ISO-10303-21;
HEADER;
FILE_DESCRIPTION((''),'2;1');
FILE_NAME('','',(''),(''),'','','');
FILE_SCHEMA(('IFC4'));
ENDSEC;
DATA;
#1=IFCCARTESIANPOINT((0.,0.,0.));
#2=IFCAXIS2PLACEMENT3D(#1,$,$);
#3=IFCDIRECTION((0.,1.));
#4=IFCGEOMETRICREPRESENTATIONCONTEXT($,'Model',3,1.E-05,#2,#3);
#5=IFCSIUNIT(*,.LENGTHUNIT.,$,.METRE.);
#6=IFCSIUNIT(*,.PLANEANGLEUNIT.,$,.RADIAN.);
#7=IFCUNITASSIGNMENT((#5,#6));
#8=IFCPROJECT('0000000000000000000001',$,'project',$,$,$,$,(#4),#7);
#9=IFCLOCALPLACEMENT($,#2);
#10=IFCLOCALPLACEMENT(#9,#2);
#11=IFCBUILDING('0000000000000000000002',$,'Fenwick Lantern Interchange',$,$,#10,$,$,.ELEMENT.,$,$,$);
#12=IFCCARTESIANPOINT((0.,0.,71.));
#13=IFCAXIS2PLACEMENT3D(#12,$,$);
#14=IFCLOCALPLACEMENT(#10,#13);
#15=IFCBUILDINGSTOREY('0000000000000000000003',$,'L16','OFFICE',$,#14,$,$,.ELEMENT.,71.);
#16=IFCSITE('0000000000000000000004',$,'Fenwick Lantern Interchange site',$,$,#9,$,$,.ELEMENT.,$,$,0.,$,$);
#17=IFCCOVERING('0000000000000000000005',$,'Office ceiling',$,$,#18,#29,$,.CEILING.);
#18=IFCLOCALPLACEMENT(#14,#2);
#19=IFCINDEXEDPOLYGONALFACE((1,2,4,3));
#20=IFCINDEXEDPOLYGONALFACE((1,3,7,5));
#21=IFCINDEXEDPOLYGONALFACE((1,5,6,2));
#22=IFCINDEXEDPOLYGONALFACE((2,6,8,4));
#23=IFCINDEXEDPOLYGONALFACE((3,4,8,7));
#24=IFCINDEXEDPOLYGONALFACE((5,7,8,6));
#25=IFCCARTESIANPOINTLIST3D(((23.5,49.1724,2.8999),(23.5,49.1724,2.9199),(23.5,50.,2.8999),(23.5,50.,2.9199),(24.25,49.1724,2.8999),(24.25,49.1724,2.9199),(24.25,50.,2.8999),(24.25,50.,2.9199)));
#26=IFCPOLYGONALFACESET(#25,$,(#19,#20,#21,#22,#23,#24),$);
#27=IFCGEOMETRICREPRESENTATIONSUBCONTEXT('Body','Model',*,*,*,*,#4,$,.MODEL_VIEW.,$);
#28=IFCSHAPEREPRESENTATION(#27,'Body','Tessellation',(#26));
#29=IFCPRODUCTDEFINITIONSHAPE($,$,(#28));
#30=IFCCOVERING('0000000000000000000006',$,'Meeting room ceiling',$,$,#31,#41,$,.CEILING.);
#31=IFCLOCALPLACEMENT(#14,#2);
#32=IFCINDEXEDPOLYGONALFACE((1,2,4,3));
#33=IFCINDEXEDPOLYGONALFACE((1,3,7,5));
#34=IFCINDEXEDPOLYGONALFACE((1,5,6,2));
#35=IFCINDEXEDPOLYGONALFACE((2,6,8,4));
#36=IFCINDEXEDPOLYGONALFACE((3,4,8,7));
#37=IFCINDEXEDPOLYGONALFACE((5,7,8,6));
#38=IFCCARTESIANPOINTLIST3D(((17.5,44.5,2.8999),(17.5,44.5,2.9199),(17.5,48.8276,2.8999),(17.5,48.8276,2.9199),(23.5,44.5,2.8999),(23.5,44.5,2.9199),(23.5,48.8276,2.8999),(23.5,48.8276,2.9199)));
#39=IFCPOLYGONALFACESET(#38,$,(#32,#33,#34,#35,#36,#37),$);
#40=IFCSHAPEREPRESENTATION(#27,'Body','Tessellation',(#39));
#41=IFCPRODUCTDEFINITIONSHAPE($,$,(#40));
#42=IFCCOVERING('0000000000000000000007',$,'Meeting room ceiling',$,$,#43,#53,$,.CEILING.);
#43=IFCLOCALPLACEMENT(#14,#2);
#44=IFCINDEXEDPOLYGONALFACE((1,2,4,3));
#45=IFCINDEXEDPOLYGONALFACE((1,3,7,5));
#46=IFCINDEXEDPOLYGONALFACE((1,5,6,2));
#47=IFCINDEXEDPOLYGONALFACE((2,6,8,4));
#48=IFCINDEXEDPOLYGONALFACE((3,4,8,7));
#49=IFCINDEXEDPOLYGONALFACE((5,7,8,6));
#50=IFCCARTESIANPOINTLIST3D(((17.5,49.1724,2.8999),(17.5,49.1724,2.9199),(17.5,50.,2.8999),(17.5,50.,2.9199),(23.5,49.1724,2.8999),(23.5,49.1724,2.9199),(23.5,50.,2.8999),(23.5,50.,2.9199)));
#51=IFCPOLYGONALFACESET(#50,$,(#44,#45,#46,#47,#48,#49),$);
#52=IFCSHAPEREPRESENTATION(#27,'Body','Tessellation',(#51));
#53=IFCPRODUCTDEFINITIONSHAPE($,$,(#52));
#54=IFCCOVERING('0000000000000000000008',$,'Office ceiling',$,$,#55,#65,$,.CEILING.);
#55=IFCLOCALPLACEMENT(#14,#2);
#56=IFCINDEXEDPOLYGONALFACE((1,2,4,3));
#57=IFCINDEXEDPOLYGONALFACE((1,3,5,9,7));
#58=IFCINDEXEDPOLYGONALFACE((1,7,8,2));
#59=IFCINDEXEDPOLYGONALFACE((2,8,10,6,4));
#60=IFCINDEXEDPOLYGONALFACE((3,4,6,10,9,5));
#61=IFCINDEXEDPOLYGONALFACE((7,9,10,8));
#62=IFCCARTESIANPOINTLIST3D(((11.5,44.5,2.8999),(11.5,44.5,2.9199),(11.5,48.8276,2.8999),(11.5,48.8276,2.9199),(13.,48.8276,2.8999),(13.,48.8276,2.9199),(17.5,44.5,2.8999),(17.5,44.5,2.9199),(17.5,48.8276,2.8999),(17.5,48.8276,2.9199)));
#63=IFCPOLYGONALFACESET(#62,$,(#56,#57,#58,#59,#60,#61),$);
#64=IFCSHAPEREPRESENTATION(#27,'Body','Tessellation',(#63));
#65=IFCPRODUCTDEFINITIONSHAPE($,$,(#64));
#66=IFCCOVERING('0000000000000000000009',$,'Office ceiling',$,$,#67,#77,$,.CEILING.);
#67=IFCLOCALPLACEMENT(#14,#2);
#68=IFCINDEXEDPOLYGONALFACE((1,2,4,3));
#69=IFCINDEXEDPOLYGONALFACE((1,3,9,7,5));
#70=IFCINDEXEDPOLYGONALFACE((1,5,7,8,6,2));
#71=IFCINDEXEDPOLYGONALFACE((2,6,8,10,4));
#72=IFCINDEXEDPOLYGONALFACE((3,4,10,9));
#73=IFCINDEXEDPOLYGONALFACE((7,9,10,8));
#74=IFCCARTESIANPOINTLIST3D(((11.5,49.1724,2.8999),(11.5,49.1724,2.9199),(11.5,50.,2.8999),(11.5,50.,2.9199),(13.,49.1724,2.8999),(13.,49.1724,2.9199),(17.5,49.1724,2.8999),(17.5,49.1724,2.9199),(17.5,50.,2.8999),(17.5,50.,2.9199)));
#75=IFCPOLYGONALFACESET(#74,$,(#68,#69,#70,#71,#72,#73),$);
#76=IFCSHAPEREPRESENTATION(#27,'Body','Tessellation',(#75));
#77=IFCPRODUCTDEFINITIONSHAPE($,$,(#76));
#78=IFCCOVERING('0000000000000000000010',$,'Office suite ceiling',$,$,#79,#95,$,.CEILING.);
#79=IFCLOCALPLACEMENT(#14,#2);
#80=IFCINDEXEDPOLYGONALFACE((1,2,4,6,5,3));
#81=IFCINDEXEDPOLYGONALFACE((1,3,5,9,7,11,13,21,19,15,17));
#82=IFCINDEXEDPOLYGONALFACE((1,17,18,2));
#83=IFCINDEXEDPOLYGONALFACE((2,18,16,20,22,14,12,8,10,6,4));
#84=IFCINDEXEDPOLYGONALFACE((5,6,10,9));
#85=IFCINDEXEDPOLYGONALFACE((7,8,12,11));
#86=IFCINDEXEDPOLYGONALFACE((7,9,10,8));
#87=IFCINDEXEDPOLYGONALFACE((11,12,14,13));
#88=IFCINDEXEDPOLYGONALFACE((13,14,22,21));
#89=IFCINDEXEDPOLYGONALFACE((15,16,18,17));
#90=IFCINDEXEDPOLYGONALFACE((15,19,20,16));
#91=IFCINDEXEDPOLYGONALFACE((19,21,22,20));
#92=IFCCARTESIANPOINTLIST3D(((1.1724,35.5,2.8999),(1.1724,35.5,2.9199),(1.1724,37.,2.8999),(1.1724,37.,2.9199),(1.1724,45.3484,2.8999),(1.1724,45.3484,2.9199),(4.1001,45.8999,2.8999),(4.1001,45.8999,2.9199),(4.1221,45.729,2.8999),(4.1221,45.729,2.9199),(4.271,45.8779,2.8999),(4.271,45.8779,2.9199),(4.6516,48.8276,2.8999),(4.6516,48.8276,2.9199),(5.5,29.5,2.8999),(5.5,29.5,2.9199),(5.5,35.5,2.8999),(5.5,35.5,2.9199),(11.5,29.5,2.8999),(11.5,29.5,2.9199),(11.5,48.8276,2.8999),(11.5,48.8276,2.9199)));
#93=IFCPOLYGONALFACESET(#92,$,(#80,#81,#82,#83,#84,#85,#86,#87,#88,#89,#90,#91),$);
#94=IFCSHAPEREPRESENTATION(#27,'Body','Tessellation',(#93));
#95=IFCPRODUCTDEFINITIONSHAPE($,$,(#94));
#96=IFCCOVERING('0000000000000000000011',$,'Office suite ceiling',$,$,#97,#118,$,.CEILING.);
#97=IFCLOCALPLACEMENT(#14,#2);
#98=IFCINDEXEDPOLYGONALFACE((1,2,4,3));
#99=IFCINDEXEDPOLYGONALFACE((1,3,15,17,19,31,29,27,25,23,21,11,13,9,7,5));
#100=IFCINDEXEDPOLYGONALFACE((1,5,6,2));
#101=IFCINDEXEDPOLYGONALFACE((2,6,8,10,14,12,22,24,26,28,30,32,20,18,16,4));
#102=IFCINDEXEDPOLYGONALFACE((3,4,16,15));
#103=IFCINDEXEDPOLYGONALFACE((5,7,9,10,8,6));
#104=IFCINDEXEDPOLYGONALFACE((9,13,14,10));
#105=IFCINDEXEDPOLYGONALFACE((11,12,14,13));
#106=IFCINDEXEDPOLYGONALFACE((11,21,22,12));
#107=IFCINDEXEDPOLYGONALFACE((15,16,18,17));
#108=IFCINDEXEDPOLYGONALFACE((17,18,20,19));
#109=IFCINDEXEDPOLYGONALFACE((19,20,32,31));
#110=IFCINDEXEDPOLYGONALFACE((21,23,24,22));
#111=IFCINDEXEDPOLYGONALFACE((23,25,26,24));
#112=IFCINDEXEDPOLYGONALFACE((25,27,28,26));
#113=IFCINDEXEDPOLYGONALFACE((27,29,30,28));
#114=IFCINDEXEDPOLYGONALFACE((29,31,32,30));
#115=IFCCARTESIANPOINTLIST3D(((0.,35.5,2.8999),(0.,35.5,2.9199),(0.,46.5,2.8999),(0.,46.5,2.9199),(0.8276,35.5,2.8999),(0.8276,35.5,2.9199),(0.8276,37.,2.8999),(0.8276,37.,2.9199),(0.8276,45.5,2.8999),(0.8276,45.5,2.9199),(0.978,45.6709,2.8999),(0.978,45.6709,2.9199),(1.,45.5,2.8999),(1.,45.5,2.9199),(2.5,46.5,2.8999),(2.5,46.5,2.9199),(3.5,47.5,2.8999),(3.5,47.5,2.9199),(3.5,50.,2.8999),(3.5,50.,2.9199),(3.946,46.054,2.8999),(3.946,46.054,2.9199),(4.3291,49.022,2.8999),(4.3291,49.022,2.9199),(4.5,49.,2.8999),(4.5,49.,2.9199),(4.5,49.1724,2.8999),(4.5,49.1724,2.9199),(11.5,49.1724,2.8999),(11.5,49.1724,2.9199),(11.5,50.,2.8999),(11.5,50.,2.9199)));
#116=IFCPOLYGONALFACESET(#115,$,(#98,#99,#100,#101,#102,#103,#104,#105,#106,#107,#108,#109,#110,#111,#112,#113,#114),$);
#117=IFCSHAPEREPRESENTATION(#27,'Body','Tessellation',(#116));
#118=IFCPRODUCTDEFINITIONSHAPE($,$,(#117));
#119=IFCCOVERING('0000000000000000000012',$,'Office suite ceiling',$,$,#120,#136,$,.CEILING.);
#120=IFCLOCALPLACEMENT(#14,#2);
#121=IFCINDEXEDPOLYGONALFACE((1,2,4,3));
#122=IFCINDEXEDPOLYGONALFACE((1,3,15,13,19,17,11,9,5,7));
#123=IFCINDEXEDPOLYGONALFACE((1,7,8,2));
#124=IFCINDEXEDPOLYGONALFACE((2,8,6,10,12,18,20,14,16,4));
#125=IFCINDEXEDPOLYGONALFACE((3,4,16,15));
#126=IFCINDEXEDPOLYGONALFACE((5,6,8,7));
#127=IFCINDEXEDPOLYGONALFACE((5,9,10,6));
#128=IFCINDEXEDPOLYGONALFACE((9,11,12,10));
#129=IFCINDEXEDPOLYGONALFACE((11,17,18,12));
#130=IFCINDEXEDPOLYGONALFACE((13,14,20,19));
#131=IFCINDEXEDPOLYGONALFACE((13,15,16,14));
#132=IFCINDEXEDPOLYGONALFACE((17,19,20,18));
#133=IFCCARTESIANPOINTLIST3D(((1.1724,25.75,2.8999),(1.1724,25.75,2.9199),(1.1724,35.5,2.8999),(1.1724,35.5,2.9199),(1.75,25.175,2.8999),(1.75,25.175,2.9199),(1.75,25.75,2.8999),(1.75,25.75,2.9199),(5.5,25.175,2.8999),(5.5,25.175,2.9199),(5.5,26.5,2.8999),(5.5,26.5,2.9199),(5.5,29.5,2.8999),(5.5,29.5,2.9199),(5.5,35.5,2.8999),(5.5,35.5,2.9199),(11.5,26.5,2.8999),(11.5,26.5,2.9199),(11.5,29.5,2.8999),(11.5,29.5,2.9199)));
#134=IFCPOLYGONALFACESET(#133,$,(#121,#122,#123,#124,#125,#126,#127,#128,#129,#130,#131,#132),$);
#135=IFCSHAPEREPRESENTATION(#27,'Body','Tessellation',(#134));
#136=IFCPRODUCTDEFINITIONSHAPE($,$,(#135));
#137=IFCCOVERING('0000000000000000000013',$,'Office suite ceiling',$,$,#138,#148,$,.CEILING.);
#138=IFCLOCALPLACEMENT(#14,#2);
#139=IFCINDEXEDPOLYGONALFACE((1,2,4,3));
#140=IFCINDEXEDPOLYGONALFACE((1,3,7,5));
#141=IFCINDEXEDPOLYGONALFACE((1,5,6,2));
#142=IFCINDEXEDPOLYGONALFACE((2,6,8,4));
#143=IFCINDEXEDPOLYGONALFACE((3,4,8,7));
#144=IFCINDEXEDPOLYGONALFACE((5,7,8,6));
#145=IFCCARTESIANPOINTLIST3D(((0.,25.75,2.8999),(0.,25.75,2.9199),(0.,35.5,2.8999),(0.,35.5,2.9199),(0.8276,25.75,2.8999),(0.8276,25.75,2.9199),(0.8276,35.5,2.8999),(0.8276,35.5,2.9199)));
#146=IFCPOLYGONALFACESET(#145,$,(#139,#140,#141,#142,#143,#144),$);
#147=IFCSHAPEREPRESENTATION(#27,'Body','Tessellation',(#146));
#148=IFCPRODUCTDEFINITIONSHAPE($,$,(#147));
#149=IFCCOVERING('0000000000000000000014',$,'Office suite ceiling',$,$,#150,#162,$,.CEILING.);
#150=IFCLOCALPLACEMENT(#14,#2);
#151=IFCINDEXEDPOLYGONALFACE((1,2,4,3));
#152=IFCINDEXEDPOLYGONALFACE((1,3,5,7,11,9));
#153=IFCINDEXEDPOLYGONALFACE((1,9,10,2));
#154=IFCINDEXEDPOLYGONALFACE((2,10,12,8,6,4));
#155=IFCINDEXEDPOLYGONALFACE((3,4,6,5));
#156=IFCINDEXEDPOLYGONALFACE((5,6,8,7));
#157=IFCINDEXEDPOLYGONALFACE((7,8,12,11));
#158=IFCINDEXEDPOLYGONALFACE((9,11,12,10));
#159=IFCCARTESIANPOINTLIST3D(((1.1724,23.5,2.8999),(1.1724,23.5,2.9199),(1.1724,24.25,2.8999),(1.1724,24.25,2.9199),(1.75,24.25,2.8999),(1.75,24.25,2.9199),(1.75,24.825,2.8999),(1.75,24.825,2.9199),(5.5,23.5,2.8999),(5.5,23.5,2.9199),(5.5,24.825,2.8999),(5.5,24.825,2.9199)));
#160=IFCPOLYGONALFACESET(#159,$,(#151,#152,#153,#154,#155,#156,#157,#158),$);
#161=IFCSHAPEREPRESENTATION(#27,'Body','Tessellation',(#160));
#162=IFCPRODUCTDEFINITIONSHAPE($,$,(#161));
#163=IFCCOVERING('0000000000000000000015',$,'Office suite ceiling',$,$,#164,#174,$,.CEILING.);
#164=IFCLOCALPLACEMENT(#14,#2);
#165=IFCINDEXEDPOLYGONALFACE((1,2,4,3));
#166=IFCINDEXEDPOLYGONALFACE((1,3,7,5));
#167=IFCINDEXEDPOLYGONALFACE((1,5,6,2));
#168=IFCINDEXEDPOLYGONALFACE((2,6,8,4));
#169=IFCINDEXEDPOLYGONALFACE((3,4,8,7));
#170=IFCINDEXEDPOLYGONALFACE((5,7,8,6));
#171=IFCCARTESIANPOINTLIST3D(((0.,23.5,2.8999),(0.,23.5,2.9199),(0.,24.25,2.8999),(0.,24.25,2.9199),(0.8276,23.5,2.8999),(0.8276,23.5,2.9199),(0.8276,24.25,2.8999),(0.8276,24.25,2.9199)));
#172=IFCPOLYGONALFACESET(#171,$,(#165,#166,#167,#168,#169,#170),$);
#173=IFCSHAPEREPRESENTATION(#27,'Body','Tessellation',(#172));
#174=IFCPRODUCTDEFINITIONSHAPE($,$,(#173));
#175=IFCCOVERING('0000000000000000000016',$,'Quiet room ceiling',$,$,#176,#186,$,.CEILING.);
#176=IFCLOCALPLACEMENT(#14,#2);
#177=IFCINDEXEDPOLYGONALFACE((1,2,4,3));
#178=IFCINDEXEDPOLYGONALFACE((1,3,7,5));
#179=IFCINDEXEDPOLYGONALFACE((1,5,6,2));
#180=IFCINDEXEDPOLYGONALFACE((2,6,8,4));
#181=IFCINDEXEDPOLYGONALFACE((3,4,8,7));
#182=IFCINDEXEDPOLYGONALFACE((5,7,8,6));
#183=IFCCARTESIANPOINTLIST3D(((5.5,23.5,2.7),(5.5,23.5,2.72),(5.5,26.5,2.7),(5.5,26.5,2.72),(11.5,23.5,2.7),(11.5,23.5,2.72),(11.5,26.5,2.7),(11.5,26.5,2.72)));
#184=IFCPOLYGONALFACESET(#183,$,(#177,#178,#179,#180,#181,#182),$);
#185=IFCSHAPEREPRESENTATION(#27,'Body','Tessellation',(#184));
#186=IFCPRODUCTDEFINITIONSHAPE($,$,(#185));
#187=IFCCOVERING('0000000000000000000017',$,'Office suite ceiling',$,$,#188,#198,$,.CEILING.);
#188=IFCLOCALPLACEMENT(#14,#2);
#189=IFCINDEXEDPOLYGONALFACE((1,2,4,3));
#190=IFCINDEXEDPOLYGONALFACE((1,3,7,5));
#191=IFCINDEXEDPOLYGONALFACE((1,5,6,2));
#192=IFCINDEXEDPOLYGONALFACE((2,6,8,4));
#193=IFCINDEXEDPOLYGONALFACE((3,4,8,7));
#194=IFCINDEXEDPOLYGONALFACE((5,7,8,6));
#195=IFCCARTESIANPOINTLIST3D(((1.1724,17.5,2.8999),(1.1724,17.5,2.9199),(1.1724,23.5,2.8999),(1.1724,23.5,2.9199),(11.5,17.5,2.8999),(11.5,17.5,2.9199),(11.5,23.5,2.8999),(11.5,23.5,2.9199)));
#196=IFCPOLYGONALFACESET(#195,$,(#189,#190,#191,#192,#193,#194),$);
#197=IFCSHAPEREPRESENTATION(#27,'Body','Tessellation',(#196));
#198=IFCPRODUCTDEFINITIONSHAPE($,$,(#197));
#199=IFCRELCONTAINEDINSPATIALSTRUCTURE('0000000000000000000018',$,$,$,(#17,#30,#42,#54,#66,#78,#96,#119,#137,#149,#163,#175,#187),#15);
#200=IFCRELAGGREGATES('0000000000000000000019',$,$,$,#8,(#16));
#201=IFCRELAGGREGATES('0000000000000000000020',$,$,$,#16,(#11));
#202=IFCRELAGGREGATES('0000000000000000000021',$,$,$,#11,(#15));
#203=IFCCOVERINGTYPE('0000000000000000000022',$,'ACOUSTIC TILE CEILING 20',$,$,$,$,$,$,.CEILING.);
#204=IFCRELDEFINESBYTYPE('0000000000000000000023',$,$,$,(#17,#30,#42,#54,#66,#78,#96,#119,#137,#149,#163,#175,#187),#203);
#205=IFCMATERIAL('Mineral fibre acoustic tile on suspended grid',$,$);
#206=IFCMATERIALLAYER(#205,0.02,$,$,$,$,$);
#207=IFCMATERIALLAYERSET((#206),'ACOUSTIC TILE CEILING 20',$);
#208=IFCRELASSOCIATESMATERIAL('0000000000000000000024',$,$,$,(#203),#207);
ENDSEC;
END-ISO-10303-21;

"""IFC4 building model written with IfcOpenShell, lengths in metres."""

from ifc_helpers import new_model, si_unit, direction, frame, origin, place, context, subcontext, project, spatial, polyline, outline, extrude, material, layer, layer_set, type_object, element, save


model = new_model("IFC4")

# Units and contexts
model_context = context("Model", 3, precision=1e-05, world=origin(), true_north=direction((0.0, 1.0)))
body_context = subcontext(model_context, "Body", "Model", "MODEL_VIEW")
ifc_project = project(units=[si_unit("LENGTHUNIT", "METRE"), si_unit("PLANEANGLEUNIT", "RADIAN")], contexts=[model_context])

# Site, building, storey
site_placement = place(None, origin())
site = spatial("IfcSite", under=ifc_project, at=site_placement, Name="Fenwick Lantern Interchange site", CompositionType="ELEMENT", RefElevation=0.0)
building_placement = place(site_placement, origin())
building = spatial("IfcBuilding", under=site, at=building_placement, Name="Fenwick Lantern Interchange", CompositionType="ELEMENT")
storey_placement = place(building_placement, frame((0.0, 0.0, 71.0)))
storey = spatial("IfcBuildingStorey", under=building, at=storey_placement, Name="L16", Description="OFFICE", CompositionType="ELEMENT", Elevation=71.0)

# Coverings
ifc_material_1 = material(Name="Mineral fibre acoustic tile on suspended grid")
ifc_layer_1 = layer(ifc_material_1, 0.02)
ifc_layer_set_1 = layer_set([ifc_layer_1], Name="ACOUSTIC TILE CEILING 20")
covering_type_1 = type_object("IfcCoveringType", Name="ACOUSTIC TILE CEILING 20", PredefinedType="CEILING", material=ifc_layer_set_1)
covering_1_placement = place(storey_placement, frame((0.0, 0.0, 2.8999)))
element("IfcCovering", 1, at=covering_1_placement, inside=storey, type_object=covering_type_1, Name="Office ceiling", PredefinedType="CEILING", context=body_context, shape_type="SweptSolid", body=[
    extrude(outline(polyline([(23.5, 50.0), (23.5, 49.1724), (24.25, 49.1724), (24.25, 50.0), (23.5, 50.0)])), origin(), (0.0, 0.0, 1.0), 0.02),
])
covering_2_placement = place(storey_placement, frame((0.0, 0.0, 2.8999)))
element("IfcCovering", 2, at=covering_2_placement, inside=storey, type_object=covering_type_1, Name="Meeting room ceiling", PredefinedType="CEILING", context=body_context, shape_type="SweptSolid", body=[
    extrude(outline(polyline([(23.5, 44.5), (23.5, 48.8276), (17.5, 48.8276), (17.5, 44.5), (23.5, 44.5)])), origin(), (0.0, 0.0, 1.0), 0.02),
])
covering_3_placement = place(storey_placement, frame((0.0, 0.0, 2.8999)))
element("IfcCovering", 3, at=covering_3_placement, inside=storey, type_object=covering_type_1, Name="Meeting room ceiling", PredefinedType="CEILING", context=body_context, shape_type="SweptSolid", body=[
    extrude(outline(polyline([(17.5, 50.0), (17.5, 49.1724), (23.5, 49.1724), (23.5, 50.0), (17.5, 50.0)])), origin(), (0.0, 0.0, 1.0), 0.02),
])
covering_4_placement = place(storey_placement, frame((0.0, 0.0, 2.8999)))
element("IfcCovering", 4, at=covering_4_placement, inside=storey, type_object=covering_type_1, Name="Office ceiling", PredefinedType="CEILING", context=body_context, shape_type="SweptSolid", body=[
    extrude(outline(polyline([(17.5, 44.5), (17.5, 48.8276), (13.0, 48.8276), (11.5, 48.8276), (11.5, 44.5), (17.5, 44.5)])), origin(), (0.0, 0.0, 1.0), 0.02),
])
covering_5_placement = place(storey_placement, frame((0.0, 0.0, 2.8999)))
element("IfcCovering", 5, at=covering_5_placement, inside=storey, type_object=covering_type_1, Name="Office ceiling", PredefinedType="CEILING", context=body_context, shape_type="SweptSolid", body=[
    extrude(outline(polyline([(11.5, 50.0), (11.5, 49.1724), (13.0, 49.1724), (17.5, 49.1724), (17.5, 50.0), (11.5, 50.0)])), origin(), (0.0, 0.0, 1.0), 0.02),
])
covering_6_placement = place(storey_placement, frame((0.0, 0.0, 2.8999)))
element("IfcCovering", 6, at=covering_6_placement, inside=storey, type_object=covering_type_1, Name="Office suite ceiling", PredefinedType="CEILING", context=body_context, shape_type="SweptSolid", body=[
    extrude(outline(polyline([(11.5, 29.5), (11.5, 48.8276), (4.6516, 48.8276), (4.271, 45.8779), (4.1001, 45.8999), (4.1221, 45.729), (1.1724, 45.3484), (1.1724, 37.0), (1.1724, 35.5), (5.5, 35.5), (5.5, 29.5), (11.5, 29.5)])), origin(), (0.0, 0.0, 1.0), 0.02),
])
covering_7_placement = place(storey_placement, frame((0.0, 0.0, 2.8999)))
element("IfcCovering", 7, at=covering_7_placement, inside=storey, type_object=covering_type_1, Name="Office suite ceiling", PredefinedType="CEILING", context=body_context, shape_type="SweptSolid", body=[
    extrude(outline(polyline([(3.5, 47.5), (2.5, 46.5), (0.0, 46.5), (0.0, 35.5), (0.8276, 35.5), (0.8276, 37.0), (0.8276, 45.5), (1.0, 45.5), (0.978, 45.6709), (3.946, 46.054), (4.3291, 49.022), (4.5, 49.0), (4.5, 49.1724), (11.5, 49.1724), (11.5, 50.0), (3.5, 50.0), (3.5, 47.5)])), origin(), (0.0, 0.0, 1.0), 0.02),
])
covering_8_placement = place(storey_placement, frame((0.0, 0.0, 2.8999)))
element("IfcCovering", 8, at=covering_8_placement, inside=storey, type_object=covering_type_1, Name="Office suite ceiling", PredefinedType="CEILING", context=body_context, shape_type="SweptSolid", body=[
    extrude(outline(polyline([(5.5, 29.5), (5.5, 35.5), (1.1724, 35.5), (1.1724, 25.75), (1.75, 25.75), (1.75, 25.175), (5.5, 25.175), (5.5, 26.5), (11.5, 26.5), (11.5, 29.5), (5.5, 29.5)])), origin(), (0.0, 0.0, 1.0), 0.02),
])
covering_9_placement = place(storey_placement, frame((0.0, 0.0, 2.8999)))
element("IfcCovering", 9, at=covering_9_placement, inside=storey, type_object=covering_type_1, Name="Office suite ceiling", PredefinedType="CEILING", context=body_context, shape_type="SweptSolid", body=[
    extrude(outline(polyline([(0.0, 25.75), (0.8276, 25.75), (0.8276, 35.5), (0.0, 35.5), (0.0, 25.75)])), origin(), (0.0, 0.0, 1.0), 0.02),
])
covering_10_placement = place(storey_placement, frame((0.0, 0.0, 2.8999)))
element("IfcCovering", 10, at=covering_10_placement, inside=storey, type_object=covering_type_1, Name="Office suite ceiling", PredefinedType="CEILING", context=body_context, shape_type="SweptSolid", body=[
    extrude(outline(polyline([(5.5, 23.5), (5.5, 24.825), (1.75, 24.825), (1.75, 24.25), (1.1724, 24.25), (1.1724, 23.5), (5.5, 23.5)])), origin(), (0.0, 0.0, 1.0), 0.02),
])
covering_11_placement = place(storey_placement, frame((0.0, 0.0, 2.8999)))
element("IfcCovering", 11, at=covering_11_placement, inside=storey, type_object=covering_type_1, Name="Office suite ceiling", PredefinedType="CEILING", context=body_context, shape_type="SweptSolid", body=[
    extrude(outline(polyline([(0.0, 23.5), (0.8276, 23.5), (0.8276, 24.25), (0.0, 24.25), (0.0, 23.5)])), origin(), (0.0, 0.0, 1.0), 0.02),
])
covering_12_placement = place(storey_placement, frame((0.0, 0.0, 2.7)))
element("IfcCovering", 12, at=covering_12_placement, inside=storey, type_object=covering_type_1, Name="Quiet room ceiling", PredefinedType="CEILING", context=body_context, shape_type="SweptSolid", body=[
    extrude(outline(polyline([(5.5, 26.5), (5.5, 23.5), (11.5, 23.5), (11.5, 26.5), (5.5, 26.5)])), origin(), (0.0, 0.0, 1.0), 0.02),
])
covering_13_placement = place(storey_placement, frame((0.0, 0.0, 2.8999)))
element("IfcCovering", 13, at=covering_13_placement, inside=storey, type_object=covering_type_1, Name="Office suite ceiling", PredefinedType="CEILING", context=body_context, shape_type="SweptSolid", body=[
    extrude(outline(polyline([(11.5, 23.5), (1.1724, 23.5), (1.1724, 17.5), (11.5, 17.5), (11.5, 23.5)])), origin(), (0.0, 0.0, 1.0), 0.02),
])

save(model, "model.ifc")
